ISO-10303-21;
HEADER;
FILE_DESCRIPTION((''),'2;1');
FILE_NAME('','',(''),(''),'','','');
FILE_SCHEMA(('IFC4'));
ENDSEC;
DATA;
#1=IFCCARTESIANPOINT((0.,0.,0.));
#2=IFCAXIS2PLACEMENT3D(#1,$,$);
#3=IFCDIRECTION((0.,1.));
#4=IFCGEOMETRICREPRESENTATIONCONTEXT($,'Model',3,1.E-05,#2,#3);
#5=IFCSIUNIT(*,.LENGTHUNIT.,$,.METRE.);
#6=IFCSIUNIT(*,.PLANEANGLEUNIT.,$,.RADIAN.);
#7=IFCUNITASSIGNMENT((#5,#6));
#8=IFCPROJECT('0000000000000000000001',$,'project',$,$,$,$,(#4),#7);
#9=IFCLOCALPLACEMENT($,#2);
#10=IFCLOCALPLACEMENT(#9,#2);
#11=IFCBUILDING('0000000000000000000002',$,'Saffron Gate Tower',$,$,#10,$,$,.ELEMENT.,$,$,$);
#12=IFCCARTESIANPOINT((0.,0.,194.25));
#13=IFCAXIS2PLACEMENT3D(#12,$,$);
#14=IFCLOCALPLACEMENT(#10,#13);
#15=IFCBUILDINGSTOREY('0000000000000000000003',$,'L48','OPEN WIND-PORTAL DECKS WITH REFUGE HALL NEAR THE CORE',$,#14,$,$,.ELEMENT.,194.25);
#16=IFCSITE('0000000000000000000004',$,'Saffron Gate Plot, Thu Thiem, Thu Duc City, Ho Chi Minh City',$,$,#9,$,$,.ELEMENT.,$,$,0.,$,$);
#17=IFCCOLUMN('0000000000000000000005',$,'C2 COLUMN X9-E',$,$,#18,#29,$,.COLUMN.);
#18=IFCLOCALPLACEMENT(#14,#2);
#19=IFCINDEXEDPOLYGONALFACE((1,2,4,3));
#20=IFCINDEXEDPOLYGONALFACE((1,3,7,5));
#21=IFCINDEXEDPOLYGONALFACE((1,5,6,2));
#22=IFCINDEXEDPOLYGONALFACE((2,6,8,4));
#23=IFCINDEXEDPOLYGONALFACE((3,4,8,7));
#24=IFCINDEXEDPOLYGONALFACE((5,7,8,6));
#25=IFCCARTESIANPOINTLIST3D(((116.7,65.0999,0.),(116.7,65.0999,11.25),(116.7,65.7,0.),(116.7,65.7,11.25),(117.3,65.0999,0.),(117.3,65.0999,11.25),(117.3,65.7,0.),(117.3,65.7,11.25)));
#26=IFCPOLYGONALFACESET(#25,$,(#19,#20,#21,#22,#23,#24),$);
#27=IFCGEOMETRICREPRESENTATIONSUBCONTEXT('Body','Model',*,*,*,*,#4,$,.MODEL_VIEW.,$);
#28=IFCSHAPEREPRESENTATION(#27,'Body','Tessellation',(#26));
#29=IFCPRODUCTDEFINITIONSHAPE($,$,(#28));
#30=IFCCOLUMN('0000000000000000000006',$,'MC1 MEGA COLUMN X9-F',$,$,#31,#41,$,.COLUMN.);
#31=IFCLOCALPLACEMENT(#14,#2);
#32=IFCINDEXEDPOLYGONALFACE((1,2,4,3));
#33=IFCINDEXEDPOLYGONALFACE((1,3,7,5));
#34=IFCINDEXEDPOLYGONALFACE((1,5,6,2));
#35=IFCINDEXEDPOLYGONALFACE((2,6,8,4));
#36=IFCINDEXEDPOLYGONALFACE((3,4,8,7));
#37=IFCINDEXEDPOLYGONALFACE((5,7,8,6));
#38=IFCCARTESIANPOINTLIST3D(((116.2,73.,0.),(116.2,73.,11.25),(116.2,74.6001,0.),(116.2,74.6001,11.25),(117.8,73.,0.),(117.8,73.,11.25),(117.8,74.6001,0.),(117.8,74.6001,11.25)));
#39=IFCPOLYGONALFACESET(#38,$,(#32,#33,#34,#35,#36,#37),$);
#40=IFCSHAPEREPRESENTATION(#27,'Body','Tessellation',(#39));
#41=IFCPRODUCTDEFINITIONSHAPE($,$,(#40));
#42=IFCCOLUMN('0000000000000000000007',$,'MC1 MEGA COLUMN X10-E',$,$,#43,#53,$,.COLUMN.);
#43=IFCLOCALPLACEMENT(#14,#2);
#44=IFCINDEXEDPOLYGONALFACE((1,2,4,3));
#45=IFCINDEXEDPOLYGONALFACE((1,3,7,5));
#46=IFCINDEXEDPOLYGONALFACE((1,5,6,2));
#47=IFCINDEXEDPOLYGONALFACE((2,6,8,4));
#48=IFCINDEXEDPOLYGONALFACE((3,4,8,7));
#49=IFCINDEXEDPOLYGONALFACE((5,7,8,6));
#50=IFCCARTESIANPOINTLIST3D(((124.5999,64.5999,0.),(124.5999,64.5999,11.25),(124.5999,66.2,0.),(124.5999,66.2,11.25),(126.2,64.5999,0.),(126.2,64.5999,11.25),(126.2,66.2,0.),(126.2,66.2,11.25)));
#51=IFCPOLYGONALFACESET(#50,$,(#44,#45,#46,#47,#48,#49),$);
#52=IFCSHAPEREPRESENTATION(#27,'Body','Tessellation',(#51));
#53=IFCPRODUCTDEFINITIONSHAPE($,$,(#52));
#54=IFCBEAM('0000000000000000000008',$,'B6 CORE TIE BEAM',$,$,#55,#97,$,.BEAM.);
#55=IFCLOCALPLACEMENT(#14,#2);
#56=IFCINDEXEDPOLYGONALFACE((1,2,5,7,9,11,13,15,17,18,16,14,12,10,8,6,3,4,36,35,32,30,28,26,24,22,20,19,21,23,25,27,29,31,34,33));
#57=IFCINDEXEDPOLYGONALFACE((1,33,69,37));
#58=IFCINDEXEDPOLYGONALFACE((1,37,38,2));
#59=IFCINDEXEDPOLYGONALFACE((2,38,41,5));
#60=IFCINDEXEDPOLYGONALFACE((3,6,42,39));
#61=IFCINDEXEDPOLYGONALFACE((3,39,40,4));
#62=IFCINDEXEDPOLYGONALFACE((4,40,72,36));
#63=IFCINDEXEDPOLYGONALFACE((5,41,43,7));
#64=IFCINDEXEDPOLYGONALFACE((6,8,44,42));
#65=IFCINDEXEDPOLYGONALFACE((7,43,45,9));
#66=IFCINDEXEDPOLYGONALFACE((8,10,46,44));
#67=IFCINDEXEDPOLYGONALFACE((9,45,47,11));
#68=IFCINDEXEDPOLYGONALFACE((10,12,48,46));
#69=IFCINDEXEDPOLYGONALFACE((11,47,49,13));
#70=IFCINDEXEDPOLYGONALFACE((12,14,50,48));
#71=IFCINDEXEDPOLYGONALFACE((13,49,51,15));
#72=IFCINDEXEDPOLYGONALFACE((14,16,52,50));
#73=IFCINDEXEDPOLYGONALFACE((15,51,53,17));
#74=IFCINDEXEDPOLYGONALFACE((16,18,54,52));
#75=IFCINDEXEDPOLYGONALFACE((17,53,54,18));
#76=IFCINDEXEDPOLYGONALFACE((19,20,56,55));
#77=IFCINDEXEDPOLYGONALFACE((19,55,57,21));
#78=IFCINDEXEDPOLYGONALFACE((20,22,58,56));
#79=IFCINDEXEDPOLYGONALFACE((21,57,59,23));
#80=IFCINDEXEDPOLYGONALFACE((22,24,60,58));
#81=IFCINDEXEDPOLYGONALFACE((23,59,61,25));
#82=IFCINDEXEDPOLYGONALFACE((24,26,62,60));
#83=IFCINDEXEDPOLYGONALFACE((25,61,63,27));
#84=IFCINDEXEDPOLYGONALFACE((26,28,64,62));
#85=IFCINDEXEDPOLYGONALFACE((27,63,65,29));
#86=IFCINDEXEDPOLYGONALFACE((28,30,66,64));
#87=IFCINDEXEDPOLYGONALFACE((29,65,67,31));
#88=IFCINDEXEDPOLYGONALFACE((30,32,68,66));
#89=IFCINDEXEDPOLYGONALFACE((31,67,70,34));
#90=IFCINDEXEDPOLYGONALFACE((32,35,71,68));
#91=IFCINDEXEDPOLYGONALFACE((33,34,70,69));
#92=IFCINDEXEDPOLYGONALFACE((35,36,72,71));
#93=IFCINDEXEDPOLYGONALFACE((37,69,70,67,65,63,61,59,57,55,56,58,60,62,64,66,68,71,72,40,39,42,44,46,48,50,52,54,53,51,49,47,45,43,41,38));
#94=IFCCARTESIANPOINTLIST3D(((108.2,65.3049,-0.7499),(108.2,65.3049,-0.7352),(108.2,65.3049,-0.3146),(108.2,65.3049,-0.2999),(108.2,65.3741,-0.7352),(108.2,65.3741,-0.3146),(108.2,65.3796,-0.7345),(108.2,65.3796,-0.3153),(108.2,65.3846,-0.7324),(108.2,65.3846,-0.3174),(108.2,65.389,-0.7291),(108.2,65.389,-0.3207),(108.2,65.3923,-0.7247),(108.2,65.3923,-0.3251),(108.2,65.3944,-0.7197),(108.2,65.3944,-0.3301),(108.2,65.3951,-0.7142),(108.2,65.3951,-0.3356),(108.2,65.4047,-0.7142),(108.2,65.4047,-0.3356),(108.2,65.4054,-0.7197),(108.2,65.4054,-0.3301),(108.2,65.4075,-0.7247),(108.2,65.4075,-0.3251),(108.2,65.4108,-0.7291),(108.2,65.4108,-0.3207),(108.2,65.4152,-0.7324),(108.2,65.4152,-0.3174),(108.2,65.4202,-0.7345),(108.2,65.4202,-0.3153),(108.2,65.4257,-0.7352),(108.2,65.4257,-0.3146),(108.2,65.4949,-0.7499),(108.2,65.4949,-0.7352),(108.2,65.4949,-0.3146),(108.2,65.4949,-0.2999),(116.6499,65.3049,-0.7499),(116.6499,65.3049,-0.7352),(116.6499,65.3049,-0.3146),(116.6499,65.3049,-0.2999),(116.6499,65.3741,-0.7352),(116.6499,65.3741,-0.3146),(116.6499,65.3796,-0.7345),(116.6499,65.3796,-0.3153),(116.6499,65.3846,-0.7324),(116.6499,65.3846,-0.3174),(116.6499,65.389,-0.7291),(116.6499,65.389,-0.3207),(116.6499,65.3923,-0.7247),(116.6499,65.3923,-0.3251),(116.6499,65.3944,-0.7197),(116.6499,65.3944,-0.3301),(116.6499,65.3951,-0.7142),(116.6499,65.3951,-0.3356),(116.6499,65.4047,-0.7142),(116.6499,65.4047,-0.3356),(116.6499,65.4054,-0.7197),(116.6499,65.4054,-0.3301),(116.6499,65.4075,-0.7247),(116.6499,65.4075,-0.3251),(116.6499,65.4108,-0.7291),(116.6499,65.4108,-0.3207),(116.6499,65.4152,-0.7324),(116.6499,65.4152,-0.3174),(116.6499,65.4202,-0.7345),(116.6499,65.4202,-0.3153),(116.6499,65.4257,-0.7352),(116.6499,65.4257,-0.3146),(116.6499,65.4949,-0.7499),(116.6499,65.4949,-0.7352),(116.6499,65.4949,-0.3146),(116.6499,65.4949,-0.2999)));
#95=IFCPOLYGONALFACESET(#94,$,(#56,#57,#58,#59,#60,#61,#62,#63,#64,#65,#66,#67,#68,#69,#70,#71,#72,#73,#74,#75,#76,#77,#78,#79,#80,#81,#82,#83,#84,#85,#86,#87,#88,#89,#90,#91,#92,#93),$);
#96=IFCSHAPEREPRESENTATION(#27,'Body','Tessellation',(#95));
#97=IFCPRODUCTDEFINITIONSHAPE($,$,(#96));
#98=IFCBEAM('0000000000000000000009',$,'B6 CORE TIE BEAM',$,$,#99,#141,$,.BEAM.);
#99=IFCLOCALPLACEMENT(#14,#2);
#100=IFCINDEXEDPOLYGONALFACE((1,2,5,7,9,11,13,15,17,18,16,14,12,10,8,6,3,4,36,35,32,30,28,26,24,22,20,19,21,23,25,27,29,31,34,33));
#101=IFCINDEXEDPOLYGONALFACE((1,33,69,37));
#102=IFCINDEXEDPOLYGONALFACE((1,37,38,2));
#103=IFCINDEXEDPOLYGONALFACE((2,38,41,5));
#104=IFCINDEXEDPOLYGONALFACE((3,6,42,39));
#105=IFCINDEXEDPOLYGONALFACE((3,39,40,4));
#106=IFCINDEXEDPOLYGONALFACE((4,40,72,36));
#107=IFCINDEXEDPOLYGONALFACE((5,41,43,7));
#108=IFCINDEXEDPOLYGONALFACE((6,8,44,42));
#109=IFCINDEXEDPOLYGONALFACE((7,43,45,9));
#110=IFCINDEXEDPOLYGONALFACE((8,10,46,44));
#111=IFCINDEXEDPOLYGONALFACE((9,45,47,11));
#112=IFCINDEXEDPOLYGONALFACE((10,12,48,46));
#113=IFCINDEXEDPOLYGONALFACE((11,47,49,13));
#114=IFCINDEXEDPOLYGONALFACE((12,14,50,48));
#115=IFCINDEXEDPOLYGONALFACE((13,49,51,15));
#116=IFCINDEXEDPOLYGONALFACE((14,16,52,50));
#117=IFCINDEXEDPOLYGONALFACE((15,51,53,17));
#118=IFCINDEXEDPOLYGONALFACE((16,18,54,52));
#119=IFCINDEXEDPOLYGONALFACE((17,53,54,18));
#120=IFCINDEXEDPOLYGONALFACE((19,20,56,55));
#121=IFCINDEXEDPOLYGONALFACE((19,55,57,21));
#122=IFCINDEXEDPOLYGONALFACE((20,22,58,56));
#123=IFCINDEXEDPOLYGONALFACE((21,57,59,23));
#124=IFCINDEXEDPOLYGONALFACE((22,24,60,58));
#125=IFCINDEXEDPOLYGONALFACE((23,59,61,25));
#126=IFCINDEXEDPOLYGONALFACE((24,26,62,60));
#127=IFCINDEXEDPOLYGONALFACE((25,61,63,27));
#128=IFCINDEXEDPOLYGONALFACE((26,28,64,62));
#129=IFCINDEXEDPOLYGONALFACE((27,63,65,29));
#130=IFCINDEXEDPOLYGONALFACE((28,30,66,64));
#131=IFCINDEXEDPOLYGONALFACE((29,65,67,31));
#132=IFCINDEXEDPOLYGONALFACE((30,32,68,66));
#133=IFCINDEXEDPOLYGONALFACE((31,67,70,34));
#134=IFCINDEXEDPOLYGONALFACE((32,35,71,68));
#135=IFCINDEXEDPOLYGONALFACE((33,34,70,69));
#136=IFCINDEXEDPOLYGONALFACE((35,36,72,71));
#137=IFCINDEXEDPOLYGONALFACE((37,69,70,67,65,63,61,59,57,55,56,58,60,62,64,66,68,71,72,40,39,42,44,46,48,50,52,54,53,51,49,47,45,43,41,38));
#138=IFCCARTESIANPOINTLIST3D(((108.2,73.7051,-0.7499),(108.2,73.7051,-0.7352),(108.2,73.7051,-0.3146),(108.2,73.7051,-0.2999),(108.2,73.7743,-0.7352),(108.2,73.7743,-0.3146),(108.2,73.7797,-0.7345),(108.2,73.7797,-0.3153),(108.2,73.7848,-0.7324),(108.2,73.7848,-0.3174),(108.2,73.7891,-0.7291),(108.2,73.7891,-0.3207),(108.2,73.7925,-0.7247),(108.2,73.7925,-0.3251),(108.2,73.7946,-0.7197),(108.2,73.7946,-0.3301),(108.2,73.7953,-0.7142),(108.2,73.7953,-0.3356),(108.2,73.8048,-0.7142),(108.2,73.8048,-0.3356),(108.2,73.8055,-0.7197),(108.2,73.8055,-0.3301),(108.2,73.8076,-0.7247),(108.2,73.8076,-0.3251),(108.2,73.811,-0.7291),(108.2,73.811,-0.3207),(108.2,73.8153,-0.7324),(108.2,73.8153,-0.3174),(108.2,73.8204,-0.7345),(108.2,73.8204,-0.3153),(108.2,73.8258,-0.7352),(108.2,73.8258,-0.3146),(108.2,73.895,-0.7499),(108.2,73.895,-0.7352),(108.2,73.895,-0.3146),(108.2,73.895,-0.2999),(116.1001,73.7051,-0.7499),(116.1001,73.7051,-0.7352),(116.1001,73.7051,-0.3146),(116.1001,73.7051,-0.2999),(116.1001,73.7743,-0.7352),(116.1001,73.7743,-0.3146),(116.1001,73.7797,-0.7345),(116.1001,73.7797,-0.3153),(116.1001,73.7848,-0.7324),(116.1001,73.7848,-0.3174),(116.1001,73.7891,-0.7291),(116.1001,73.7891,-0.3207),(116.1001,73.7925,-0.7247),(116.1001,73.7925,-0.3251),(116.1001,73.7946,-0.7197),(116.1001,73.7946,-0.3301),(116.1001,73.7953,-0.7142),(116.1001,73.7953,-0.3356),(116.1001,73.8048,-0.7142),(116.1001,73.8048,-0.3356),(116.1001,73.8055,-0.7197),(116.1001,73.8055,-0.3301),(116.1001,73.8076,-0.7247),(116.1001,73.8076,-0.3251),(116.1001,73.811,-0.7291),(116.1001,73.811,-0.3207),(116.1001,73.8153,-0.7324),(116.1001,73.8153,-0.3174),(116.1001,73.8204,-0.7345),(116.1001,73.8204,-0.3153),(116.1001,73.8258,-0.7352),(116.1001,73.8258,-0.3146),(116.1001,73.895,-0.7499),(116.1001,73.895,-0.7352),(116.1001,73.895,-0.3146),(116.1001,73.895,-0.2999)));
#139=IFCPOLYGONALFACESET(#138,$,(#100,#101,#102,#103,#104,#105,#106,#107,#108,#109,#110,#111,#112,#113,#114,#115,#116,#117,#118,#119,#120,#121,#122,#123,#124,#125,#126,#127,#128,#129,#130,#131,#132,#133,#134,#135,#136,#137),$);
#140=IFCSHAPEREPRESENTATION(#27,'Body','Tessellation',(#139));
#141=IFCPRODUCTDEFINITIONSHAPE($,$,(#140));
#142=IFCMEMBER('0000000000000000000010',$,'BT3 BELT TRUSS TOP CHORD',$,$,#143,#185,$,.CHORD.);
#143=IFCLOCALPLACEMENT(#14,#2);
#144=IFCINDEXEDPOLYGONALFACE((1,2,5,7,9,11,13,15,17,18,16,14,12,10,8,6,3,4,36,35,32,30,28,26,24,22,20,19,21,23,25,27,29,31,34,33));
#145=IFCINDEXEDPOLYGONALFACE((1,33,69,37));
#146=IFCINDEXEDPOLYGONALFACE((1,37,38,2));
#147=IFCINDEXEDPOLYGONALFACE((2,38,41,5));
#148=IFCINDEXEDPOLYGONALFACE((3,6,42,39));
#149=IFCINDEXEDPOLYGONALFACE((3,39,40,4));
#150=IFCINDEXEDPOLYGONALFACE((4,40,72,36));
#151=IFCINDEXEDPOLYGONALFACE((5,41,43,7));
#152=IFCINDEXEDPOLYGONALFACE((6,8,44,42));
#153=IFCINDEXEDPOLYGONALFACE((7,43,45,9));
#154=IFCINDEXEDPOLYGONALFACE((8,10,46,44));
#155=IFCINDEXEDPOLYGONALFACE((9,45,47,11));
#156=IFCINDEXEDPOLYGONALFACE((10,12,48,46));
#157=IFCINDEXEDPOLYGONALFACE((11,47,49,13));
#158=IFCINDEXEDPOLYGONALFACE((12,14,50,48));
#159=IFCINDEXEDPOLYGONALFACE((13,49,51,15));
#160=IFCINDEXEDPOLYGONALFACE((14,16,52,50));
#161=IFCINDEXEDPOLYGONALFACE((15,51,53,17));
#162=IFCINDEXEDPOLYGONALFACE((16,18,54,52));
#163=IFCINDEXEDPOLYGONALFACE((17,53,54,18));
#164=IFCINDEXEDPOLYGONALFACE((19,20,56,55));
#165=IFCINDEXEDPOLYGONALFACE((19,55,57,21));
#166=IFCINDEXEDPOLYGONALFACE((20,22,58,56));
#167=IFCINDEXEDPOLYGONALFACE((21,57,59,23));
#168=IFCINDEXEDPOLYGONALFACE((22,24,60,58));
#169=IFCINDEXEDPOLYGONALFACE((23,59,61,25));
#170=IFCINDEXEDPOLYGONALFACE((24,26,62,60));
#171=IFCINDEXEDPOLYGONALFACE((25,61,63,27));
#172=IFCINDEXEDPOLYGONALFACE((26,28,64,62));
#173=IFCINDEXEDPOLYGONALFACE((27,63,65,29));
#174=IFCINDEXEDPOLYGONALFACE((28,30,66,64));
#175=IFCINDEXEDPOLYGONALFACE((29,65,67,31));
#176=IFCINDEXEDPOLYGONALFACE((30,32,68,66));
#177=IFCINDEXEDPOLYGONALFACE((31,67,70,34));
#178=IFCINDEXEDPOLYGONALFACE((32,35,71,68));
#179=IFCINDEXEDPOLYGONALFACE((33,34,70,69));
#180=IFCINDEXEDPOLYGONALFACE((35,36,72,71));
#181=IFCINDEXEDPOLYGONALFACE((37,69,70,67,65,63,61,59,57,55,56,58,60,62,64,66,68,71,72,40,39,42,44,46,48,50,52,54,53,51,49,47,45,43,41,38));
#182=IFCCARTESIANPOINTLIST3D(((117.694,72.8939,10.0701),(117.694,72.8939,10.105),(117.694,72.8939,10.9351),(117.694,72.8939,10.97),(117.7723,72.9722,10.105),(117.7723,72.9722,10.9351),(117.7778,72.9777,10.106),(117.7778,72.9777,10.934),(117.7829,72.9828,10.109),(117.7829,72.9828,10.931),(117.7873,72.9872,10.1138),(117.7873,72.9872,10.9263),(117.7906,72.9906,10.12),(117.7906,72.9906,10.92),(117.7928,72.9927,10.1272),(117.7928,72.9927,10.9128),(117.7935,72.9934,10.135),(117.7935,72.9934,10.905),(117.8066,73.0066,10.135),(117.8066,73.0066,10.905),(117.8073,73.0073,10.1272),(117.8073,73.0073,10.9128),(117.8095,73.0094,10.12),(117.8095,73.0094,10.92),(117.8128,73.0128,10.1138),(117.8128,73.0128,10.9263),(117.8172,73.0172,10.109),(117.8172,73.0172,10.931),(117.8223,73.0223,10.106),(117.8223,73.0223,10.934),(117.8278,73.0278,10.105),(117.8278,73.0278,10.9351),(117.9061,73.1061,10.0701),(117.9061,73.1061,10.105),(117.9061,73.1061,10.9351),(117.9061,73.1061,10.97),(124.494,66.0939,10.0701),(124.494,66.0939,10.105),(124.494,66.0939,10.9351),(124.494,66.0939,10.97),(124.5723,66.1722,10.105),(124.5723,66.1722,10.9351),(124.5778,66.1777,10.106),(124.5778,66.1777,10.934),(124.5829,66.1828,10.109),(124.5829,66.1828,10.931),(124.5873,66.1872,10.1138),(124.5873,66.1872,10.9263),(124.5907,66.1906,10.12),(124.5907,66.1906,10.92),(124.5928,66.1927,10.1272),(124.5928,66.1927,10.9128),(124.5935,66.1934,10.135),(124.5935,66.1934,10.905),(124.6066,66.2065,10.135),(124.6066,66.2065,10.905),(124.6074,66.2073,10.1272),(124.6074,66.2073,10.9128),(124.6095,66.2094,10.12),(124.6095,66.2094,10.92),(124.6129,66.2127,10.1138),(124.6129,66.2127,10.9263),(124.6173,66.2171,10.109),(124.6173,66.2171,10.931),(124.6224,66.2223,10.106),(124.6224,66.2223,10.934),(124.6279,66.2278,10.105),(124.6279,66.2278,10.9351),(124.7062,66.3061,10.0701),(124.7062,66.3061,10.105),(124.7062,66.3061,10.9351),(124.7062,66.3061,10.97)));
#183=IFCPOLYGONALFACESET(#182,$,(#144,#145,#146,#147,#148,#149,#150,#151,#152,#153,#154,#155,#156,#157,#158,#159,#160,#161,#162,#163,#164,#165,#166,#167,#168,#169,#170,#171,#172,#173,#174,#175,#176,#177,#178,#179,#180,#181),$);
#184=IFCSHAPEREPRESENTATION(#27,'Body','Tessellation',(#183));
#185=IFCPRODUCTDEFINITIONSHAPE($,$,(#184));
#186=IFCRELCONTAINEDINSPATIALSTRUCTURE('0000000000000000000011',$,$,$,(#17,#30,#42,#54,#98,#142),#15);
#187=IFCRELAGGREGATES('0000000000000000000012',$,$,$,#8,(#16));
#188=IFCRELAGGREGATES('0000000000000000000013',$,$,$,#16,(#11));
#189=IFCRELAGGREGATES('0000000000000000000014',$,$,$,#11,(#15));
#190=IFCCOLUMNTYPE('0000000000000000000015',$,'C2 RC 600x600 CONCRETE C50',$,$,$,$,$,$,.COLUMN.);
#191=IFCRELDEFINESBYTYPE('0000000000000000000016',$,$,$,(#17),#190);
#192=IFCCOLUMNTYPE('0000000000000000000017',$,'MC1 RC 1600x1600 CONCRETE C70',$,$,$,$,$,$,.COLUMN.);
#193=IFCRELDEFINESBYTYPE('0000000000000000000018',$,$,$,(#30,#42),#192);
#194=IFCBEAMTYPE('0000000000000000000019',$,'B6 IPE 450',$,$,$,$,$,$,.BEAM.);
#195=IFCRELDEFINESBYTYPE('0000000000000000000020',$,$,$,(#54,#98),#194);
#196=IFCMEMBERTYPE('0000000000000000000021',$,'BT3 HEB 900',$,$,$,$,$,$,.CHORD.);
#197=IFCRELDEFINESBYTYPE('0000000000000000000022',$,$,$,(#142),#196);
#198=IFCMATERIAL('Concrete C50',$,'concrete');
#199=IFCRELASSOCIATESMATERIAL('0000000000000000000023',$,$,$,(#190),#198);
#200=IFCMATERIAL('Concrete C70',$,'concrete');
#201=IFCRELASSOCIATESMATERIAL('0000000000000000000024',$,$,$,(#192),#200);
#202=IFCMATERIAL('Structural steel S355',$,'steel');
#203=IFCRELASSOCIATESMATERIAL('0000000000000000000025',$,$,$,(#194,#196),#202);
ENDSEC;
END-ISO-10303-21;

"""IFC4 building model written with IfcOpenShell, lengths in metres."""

from ifc_helpers import new_model, si_unit, direction, frame, origin, origin_2d, place, context, subcontext, project, spatial, rectangle, i_section, extrude, material, material_profile, profile_set, type_object, element, save


model = new_model("IFC4")

# Units and contexts
model_context = context("Model", 3, precision=1e-05, world=origin(), true_north=direction((0.0, 1.0)))
body_context = subcontext(model_context, "Body", "Model", "MODEL_VIEW")
ifc_project = project(units=[si_unit("LENGTHUNIT", "METRE"), si_unit("PLANEANGLEUNIT", "RADIAN")], contexts=[model_context])

# Site, building, storey
site_placement = place(None, origin())
site = spatial("IfcSite", under=ifc_project, at=site_placement, Name="Saffron Gate Plot, Thu Thiem, Thu Duc City, Ho Chi Minh City", CompositionType="ELEMENT", RefElevation=0.0)
building_placement = place(site_placement, origin())
building = spatial("IfcBuilding", under=site, at=building_placement, Name="Saffron Gate Tower", CompositionType="ELEMENT")
storey_placement = place(building_placement, frame((0.0, 0.0, 194.25)))
storey = spatial("IfcBuildingStorey", under=building, at=storey_placement, Name="L48", Description="OPEN WIND-PORTAL DECKS WITH REFUGE HALL NEAR THE CORE", CompositionType="ELEMENT", Elevation=194.25)

# Columns
ifc_material_1 = material(Name="Concrete C50", Category="concrete")
ifc_material_profile_1 = material_profile(ifc_material_1, rectangle(XDim=0.6001, YDim=0.6001, at=origin_2d()))
ifc_profile_set_1 = profile_set([ifc_material_profile_1], Name="Concrete C50")
column_type_1 = type_object("IfcColumnType", Name="C2 RC 600x600 CONCRETE C50", PredefinedType="COLUMN", material=ifc_profile_set_1)
column_placement = place(storey_placement, frame((117.0, 65.3999, 0.0), z_axis=(0.0, 0.0, 1.0), x_axis=(1.0, 0.0, 0.0)))
element("IfcColumn", 1, at=column_placement, inside=storey, type_object=column_type_1, Name="C2 COLUMN X9-E", PredefinedType="COLUMN", context=body_context, shape_type="SweptSolid", body=[
    extrude(rectangle(XDim=0.6001, YDim=0.6001, at=origin_2d()), origin(), (0.0, 0.0, 1.0), 11.25),
])
ifc_material_2 = material(Name="Concrete C70", Category="concrete")
ifc_material_profile_2 = material_profile(ifc_material_2, rectangle(XDim=1.6001, YDim=1.6001, at=origin_2d()))
ifc_profile_set_2 = profile_set([ifc_material_profile_2], Name="Concrete C70")
column_type_2 = type_object("IfcColumnType", Name="MC1 RC 1600x1600 CONCRETE C70", PredefinedType="COLUMN", material=ifc_profile_set_2)
for number, where, z_axis, x_axis, name in (
    (2, (117.0, 73.8, 0.0), (0.0, 0.0, 1.0), (1.0, 0.0, 0.0), "MC1 MEGA COLUMN X9-F"),
    (3, (125.3999, 65.3999, 0.0), (0.0, 0.0, 1.0), (1.0, 0.0, 0.0), "MC1 MEGA COLUMN X10-E"),
):
    element("IfcColumn", number, at=place(storey_placement, frame(where, z_axis=z_axis, x_axis=x_axis)), inside=storey, type_object=column_type_2, Name=name, PredefinedType="COLUMN", context=body_context, shape_type="SweptSolid", body=[
        extrude(rectangle(XDim=1.6001, YDim=1.6001, at=origin_2d()), origin(), (0.0, 0.0, 1.0), 11.25),
    ])

# Beams
ifc_material_3 = material(Name="Structural steel S355", Category="steel")
ifc_material_profile_3 = material_profile(ifc_material_3, i_section(OverallWidth=0.1899, OverallDepth=0.45, WebThickness=0.0095, FlangeThickness=0.0146, FilletRadius=0.021, at=origin_2d()))
ifc_profile_set_3 = profile_set([ifc_material_profile_3], Name="Structural steel S355")
beam_type_1 = type_object("IfcBeamType", Name="B6 IPE 450", PredefinedType="BEAM", material=ifc_profile_set_3)
beam_1_placement = place(storey_placement, frame((116.6499, 65.3999, -0.5249), z_axis=(-1.0, 0.0, 0.0), x_axis=(0.0, -1.0, 0.0)))
element("IfcBeam", 4, at=beam_1_placement, inside=storey, type_object=beam_type_1, Name="B6 CORE TIE BEAM", PredefinedType="BEAM", context=body_context, shape_type="SweptSolid", body=[
    extrude(i_section(OverallWidth=0.1899, OverallDepth=0.45, WebThickness=0.0095, FlangeThickness=0.0146, FilletRadius=0.021, at=origin_2d()), origin(), (0.0, 0.0, 1.0), 8.45),
])
beam_2_placement = place(storey_placement, frame((116.1001, 73.8, -0.5249), z_axis=(-1.0, 0.0, 0.0), x_axis=(0.0, -1.0, 0.0)))
element("IfcBeam", 5, at=beam_2_placement, inside=storey, type_object=beam_type_1, Name="B6 CORE TIE BEAM", PredefinedType="BEAM", context=body_context, shape_type="SweptSolid", body=[
    extrude(i_section(OverallWidth=0.1899, OverallDepth=0.45, WebThickness=0.0095, FlangeThickness=0.0146, FilletRadius=0.021, at=origin_2d()), origin(), (0.0, 0.0, 1.0), 7.9001),
])

# Member
ifc_material_profile_4 = material_profile(ifc_material_3, i_section(OverallWidth=0.3, OverallDepth=0.8999, WebThickness=0.0186, FlangeThickness=0.0349, FilletRadius=0.03, at=origin_2d()))
ifc_profile_set_4 = profile_set([ifc_material_profile_4], Name="Structural steel S355")
member_type_1 = type_object("IfcMemberType", Name="BT3 HEB 900", PredefinedType="CHORD", material=ifc_profile_set_4)
for number, where, z_axis, x_axis, name in (
    (6, (117.8, 73.0, 10.52), (0.707107, -0.707107, 0.0), (0.707107, 0.707107, 0.0), "BT3 BELT TRUSS TOP CHORD"),
):
    element("IfcMember", number, at=place(storey_placement, frame(where, z_axis=z_axis, x_axis=x_axis)), inside=storey, type_object=member_type_1, Name=name, PredefinedType="CHORD", context=body_context, shape_type="SweptSolid", body=[
        extrude(i_section(OverallWidth=0.3, OverallDepth=0.8999, WebThickness=0.0186, FlangeThickness=0.0349, FilletRadius=0.03, at=origin_2d()), origin(), (0.0, 0.0, 1.0), 9.6167),
    ])

save(model, "model.ifc")
